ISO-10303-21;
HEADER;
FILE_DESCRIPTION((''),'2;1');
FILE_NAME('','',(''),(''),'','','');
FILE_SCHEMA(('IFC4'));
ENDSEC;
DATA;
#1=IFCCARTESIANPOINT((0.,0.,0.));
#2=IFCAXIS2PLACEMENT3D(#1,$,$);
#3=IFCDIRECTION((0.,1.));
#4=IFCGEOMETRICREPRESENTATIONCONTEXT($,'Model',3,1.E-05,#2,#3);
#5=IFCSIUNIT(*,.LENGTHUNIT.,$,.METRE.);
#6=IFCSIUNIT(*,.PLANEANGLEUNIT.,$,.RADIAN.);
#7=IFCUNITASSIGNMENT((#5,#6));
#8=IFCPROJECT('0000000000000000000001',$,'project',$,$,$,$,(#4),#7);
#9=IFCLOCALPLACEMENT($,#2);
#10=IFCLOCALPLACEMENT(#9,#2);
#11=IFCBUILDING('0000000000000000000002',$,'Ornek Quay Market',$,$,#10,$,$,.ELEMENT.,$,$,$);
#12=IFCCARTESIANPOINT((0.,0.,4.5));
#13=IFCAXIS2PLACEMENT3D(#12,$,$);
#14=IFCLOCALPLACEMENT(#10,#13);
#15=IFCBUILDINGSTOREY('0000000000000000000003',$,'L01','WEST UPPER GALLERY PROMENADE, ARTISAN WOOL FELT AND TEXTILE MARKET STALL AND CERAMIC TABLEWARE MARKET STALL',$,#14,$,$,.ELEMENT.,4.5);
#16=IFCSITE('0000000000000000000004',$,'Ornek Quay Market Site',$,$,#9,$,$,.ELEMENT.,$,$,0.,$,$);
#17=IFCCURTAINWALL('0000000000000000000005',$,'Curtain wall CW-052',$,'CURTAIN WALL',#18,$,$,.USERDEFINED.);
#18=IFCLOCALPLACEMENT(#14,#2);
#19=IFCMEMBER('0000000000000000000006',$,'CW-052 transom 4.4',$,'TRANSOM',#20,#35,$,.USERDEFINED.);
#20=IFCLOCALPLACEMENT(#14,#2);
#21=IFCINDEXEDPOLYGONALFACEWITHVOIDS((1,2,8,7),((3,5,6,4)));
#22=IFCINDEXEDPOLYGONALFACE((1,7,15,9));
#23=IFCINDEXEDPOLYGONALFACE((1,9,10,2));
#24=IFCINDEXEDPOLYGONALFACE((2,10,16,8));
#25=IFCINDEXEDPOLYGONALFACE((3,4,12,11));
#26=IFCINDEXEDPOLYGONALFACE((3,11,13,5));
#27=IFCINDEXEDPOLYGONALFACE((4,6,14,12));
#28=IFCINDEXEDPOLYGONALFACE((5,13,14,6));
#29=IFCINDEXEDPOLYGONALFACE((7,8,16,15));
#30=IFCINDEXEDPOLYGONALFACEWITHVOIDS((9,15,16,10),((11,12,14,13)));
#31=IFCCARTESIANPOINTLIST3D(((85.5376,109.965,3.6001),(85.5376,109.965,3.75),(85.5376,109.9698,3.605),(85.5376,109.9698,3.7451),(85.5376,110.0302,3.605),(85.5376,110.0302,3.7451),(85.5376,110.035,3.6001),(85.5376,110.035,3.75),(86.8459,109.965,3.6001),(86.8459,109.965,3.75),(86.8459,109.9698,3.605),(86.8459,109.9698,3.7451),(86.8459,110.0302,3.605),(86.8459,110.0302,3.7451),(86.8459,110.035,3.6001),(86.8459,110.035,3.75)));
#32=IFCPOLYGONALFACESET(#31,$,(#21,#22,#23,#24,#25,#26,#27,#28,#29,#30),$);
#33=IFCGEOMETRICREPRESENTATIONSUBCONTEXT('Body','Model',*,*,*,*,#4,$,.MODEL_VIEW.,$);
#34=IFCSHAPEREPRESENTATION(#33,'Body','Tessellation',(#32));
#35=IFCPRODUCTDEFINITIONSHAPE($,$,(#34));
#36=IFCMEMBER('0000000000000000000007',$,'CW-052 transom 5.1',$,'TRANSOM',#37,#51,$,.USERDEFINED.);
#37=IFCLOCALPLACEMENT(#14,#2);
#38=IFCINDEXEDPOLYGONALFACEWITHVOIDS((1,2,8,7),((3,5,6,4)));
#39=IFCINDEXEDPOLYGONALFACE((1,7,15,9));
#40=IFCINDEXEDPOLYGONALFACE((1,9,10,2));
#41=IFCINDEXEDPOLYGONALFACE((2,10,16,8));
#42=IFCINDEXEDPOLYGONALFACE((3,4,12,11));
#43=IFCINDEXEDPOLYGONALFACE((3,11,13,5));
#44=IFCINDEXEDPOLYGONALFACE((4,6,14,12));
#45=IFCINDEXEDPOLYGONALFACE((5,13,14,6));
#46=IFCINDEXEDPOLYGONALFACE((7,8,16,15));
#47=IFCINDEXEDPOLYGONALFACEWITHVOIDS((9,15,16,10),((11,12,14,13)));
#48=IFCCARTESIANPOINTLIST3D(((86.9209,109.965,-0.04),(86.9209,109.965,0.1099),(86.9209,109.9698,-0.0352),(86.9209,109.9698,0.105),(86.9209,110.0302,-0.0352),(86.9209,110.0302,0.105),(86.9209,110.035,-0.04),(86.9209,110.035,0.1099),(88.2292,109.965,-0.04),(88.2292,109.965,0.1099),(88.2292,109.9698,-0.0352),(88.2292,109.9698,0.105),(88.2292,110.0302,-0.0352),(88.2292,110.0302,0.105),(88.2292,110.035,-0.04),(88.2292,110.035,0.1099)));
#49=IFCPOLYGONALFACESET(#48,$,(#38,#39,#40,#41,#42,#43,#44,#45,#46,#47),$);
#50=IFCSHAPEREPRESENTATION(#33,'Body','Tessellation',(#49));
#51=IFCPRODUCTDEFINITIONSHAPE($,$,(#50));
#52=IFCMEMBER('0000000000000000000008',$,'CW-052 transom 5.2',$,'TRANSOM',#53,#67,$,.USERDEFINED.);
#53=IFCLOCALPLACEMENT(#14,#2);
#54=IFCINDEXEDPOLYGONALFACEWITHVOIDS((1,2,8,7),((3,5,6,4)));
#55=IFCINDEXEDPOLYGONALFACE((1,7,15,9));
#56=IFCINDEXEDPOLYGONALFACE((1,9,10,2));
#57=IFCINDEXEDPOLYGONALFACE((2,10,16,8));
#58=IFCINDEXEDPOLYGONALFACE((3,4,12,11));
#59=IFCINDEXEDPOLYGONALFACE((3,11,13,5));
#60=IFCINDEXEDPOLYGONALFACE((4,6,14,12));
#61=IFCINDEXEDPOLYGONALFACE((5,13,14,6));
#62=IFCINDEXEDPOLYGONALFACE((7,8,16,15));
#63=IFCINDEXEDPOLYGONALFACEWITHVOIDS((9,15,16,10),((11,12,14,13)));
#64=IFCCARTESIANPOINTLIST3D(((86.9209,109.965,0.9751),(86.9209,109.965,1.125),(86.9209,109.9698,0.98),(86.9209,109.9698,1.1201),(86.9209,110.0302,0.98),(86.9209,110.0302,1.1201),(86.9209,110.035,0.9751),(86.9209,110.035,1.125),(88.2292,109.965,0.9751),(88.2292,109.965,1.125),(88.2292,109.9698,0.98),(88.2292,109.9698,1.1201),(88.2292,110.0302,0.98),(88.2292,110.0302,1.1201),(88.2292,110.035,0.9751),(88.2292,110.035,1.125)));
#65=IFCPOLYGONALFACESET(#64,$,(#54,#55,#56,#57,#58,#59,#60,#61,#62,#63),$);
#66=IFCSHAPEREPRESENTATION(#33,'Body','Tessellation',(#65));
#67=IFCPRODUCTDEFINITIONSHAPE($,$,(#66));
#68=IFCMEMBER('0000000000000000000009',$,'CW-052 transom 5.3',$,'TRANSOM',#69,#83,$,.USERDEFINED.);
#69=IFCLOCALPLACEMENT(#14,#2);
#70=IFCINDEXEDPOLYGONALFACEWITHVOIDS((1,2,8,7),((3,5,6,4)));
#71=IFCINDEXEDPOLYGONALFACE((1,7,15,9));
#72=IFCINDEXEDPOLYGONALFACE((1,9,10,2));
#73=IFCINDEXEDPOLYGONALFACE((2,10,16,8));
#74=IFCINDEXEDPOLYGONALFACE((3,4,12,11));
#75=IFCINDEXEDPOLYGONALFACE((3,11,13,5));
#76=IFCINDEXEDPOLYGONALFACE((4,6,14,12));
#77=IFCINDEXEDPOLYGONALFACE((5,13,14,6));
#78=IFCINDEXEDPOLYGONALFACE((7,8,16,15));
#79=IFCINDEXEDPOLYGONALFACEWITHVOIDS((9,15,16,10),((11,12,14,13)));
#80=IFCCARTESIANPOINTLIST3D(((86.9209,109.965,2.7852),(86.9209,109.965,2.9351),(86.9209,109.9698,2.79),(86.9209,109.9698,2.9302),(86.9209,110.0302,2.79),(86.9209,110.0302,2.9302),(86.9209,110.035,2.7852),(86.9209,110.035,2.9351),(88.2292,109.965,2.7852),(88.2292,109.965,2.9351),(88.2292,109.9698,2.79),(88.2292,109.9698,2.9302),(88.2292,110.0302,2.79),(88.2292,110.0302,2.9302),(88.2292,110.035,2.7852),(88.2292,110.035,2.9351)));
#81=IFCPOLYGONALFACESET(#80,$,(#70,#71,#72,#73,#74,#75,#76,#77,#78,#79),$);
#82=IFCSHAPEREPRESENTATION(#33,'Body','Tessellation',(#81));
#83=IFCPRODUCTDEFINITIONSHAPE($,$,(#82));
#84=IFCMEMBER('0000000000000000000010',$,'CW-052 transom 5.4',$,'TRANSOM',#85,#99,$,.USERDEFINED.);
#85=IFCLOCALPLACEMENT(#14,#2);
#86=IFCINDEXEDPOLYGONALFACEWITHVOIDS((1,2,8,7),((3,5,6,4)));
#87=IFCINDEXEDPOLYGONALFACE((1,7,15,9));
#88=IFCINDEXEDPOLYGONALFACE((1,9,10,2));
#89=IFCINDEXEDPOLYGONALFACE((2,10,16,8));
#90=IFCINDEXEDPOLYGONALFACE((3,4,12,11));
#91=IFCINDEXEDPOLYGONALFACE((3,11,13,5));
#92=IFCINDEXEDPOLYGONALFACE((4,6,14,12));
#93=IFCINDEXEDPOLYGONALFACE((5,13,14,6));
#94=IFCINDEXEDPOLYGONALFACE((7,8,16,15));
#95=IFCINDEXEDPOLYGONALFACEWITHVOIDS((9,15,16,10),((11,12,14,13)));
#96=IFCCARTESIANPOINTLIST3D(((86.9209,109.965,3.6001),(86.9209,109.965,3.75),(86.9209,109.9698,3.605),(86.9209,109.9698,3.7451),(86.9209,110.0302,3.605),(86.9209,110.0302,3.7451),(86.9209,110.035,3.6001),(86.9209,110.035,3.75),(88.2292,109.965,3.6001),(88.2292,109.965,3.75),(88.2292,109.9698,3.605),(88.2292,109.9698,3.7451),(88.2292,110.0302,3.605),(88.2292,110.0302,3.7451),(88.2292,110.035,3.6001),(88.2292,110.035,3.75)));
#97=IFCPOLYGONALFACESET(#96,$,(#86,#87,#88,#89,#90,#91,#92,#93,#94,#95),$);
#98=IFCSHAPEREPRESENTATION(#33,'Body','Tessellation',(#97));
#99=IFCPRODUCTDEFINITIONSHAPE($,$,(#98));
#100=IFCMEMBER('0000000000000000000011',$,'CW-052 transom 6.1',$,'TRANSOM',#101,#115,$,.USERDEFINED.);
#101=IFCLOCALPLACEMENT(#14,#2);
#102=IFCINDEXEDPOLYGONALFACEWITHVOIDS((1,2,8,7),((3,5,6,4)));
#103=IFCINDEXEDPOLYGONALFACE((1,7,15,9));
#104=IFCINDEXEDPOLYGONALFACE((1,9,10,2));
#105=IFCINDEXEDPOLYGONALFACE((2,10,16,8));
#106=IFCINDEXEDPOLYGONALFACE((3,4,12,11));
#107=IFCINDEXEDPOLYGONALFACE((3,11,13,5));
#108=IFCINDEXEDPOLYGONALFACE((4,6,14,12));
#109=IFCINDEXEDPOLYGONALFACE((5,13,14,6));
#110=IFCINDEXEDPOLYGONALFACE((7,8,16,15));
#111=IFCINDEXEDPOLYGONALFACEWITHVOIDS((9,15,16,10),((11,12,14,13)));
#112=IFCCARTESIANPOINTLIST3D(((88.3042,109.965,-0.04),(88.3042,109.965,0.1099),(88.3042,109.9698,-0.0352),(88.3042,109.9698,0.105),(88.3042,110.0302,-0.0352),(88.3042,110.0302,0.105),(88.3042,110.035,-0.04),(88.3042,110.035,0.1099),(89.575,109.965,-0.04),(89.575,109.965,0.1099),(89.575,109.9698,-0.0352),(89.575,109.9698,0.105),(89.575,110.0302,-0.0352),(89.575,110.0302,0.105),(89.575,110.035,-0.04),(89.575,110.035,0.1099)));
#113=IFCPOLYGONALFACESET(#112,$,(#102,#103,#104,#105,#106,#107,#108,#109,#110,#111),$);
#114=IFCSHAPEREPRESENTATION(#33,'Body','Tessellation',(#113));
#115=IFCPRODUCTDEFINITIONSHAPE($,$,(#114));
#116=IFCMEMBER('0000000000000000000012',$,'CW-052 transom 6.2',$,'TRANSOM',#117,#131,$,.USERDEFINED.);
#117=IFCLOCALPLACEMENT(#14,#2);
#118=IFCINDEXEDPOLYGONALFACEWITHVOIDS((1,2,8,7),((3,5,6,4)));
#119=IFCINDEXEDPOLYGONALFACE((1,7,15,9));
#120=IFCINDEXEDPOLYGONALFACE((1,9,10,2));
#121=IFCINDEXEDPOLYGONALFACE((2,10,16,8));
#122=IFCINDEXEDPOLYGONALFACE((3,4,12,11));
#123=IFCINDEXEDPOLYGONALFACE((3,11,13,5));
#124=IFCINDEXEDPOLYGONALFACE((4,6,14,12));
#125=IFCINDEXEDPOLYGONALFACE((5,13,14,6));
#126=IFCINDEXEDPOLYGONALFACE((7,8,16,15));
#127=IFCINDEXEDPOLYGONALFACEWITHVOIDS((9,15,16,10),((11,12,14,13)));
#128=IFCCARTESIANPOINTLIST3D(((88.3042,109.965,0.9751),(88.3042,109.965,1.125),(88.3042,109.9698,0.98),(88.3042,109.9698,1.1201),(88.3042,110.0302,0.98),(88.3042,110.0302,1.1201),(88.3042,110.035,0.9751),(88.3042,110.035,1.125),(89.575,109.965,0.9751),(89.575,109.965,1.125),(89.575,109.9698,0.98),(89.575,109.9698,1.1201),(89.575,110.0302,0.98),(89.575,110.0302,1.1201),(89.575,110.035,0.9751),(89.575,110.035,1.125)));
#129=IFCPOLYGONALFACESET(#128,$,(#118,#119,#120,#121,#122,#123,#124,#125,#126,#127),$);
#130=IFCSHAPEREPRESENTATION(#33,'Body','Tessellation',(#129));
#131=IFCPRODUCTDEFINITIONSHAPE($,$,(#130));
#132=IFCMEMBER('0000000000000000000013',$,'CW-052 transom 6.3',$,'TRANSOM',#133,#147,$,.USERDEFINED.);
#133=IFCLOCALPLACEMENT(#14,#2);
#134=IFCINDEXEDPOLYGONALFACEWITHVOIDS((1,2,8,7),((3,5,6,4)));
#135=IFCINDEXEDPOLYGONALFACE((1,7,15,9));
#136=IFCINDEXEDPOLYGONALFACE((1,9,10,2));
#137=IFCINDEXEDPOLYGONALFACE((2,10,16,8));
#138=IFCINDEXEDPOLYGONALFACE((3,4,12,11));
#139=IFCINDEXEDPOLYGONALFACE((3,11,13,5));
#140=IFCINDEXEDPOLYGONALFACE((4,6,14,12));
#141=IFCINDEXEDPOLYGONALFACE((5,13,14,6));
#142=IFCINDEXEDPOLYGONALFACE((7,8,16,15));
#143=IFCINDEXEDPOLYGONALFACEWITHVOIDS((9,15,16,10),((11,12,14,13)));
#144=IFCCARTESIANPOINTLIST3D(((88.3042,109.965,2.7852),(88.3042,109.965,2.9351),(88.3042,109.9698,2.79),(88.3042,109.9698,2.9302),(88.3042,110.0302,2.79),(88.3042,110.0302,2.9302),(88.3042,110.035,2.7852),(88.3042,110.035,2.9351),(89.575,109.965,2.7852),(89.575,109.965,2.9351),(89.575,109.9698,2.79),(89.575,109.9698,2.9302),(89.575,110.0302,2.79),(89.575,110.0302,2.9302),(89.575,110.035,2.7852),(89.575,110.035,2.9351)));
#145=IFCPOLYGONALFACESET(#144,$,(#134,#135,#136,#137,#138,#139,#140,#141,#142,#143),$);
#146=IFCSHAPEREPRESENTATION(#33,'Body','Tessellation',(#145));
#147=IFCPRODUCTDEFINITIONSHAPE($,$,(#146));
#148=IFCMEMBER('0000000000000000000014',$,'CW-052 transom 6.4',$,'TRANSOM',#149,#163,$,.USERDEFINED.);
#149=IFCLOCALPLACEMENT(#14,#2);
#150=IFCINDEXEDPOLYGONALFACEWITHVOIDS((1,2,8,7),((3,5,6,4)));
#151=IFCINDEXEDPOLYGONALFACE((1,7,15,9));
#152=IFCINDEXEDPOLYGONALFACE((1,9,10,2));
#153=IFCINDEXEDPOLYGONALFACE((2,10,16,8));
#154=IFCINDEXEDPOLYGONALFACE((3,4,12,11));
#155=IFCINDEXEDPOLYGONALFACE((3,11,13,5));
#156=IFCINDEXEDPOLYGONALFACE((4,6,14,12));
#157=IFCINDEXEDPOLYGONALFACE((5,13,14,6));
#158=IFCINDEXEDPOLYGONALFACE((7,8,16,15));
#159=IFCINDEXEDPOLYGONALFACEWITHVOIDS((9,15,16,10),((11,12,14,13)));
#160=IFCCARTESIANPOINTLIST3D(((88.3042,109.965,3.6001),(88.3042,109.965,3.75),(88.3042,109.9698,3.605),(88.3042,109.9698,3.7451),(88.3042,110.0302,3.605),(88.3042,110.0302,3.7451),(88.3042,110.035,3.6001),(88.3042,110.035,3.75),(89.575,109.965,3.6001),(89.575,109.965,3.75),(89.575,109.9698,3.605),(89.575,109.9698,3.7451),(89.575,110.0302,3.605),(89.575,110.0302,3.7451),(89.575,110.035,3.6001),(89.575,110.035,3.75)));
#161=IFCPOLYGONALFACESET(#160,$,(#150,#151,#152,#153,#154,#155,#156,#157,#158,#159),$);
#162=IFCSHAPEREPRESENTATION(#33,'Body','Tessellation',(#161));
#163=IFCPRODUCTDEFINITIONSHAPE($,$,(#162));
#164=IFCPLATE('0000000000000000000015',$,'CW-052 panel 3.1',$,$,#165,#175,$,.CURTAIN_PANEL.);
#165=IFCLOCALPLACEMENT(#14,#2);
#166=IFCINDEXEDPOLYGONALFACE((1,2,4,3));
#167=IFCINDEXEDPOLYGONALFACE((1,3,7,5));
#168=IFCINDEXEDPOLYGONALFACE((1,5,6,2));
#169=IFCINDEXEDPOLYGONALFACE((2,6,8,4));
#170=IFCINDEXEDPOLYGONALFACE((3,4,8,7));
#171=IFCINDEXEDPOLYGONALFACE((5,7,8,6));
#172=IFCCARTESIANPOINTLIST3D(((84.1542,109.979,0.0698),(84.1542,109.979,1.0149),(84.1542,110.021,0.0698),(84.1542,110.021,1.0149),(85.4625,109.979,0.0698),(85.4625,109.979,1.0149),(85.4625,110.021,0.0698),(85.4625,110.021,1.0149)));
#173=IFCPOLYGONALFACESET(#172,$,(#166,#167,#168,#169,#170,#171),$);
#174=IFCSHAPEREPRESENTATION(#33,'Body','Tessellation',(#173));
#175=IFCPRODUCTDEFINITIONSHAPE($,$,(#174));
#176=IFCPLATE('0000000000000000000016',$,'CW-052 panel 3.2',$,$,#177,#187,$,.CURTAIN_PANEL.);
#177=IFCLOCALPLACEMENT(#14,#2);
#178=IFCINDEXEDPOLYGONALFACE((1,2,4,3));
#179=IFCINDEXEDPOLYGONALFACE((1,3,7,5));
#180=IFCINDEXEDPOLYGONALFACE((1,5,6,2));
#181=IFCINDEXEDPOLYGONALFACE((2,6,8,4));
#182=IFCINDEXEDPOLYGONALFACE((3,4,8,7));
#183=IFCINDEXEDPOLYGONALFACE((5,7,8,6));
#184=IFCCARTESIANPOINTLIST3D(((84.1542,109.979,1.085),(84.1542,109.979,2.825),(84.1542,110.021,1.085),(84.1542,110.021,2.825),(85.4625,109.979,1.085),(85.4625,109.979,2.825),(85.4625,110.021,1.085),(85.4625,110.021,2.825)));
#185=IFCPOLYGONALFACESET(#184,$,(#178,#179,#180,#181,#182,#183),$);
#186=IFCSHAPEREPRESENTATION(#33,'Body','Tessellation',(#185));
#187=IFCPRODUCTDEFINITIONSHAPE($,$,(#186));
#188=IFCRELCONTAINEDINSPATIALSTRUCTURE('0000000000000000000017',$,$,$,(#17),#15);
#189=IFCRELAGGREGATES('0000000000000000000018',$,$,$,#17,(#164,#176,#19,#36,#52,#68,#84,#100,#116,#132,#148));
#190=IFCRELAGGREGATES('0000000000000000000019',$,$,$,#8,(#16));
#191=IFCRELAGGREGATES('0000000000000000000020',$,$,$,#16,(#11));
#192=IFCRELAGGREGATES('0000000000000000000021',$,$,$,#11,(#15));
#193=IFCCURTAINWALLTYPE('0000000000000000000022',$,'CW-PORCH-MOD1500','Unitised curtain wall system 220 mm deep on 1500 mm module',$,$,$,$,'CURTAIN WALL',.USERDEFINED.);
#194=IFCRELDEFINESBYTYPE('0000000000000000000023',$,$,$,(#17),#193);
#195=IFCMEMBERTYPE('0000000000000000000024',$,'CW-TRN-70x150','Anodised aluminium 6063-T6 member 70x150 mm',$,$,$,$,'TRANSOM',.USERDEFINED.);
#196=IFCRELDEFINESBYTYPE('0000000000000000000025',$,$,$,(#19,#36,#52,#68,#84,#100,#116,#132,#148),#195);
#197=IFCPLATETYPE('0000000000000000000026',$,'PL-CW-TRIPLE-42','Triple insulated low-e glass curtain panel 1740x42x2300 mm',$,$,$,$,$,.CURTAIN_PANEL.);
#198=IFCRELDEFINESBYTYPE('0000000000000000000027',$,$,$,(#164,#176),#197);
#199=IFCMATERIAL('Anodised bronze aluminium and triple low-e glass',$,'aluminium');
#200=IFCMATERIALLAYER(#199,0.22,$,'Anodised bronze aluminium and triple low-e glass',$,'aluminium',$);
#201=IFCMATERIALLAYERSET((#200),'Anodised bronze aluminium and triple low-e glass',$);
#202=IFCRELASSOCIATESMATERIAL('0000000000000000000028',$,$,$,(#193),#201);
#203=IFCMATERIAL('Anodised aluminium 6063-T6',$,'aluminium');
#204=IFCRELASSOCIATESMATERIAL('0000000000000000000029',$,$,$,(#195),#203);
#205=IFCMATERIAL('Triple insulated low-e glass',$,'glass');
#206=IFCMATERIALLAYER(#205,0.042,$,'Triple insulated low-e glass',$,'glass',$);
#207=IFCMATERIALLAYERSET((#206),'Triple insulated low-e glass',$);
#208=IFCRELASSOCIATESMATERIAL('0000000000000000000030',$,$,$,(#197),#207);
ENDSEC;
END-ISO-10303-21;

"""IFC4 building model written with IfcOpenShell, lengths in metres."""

from ifc_helpers import new_model, si_unit, direction, frame, origin, origin_2d, place, context, subcontext, project, spatial, rectangle, hollow_rectangle, extrude, material, layer, layer_set, material_profile, profile_set, type_object, element, aggregate, save


model = new_model("IFC4")

# Units and contexts
model_context = context("Model", 3, precision=1e-05, world=origin(), true_north=direction((0.0, 1.0)))
body_context = subcontext(model_context, "Body", "Model", "MODEL_VIEW")
ifc_project = project(units=[si_unit("LENGTHUNIT", "METRE"), si_unit("PLANEANGLEUNIT", "RADIAN")], contexts=[model_context])

# Site, building, storey
site_placement = place(None, origin())
site = spatial("IfcSite", under=ifc_project, at=site_placement, Name="Ornek Quay Market Site", CompositionType="ELEMENT", RefElevation=0.0)
building_placement = place(site_placement, origin())
building = spatial("IfcBuilding", under=site, at=building_placement, Name="Ornek Quay Market", CompositionType="ELEMENT")
storey_placement = place(building_placement, frame((0.0, 0.0, 4.5)))
storey = spatial("IfcBuildingStorey", under=building, at=storey_placement, Name="L01", Description="WEST UPPER GALLERY PROMENADE, ARTISAN WOOL FELT AND TEXTILE MARKET STALL AND CERAMIC TABLEWARE MARKET STALL", CompositionType="ELEMENT", Elevation=4.5)

# Curtain wall, members, plates
ifc_material_1 = material(Name="Anodised bronze aluminium and triple low-e glass", Category="aluminium")
ifc_layer_1 = layer(ifc_material_1, 0.22, Name="Anodised bronze aluminium and triple low-e glass", Category="aluminium")
ifc_layer_set_1 = layer_set([ifc_layer_1], Name="Anodised bronze aluminium and triple low-e glass")
curtain_wall_type = type_object("IfcCurtainWallType", Name="CW-PORCH-MOD1500", Description="Unitised curtain wall system 220 mm deep on 1500 mm module", ElementType="CURTAIN WALL", PredefinedType="USERDEFINED", material=ifc_layer_set_1)
curtain_wall_placement = place(storey_placement, origin())
curtain_wall = element("IfcCurtainWall", 1, at=curtain_wall_placement, inside=storey, type_object=curtain_wall_type, Name="Curtain wall CW-052", ObjectType="CURTAIN WALL", PredefinedType="USERDEFINED")
ifc_material_2 = material(Name="Anodised aluminium 6063-T6", Category="aluminium")
ifc_material_profile_1 = material_profile(ifc_material_2, hollow_rectangle(XDim=0.0701, YDim=0.1499, WallThickness=0.0049, at=origin_2d()), Name="CW-TRN-70x150", Category="aluminium")
ifc_profile_set_1 = profile_set([ifc_material_profile_1], Name="Anodised aluminium 6063-T6")
member_type_1 = type_object("IfcMemberType", Name="CW-TRN-70x150", Description="Anodised aluminium 6063-T6 member 70x150 mm", ElementType="TRANSOM", PredefinedType="USERDEFINED", material=ifc_profile_set_1)
member_1_placement = place(storey_placement, frame((85.5376, 110.0, 3.675), z_axis=(1.0, 0.0, 0.0), x_axis=(0.0, 1.0, 0.0)))
member_1 = element("IfcMember", 2, at=member_1_placement, type_object=member_type_1, Name="CW-052 transom 4.4", ObjectType="TRANSOM", PredefinedType="USERDEFINED", context=body_context, shape_type="SweptSolid", body=[
    extrude(hollow_rectangle(XDim=0.0701, YDim=0.1499, WallThickness=0.0049, at=origin_2d()), origin(), (0.0, 0.0, 1.0), 1.3083),
])
member_2_placement = place(storey_placement, frame((86.9209, 110.0, 0.0349), z_axis=(1.0, 0.0, 0.0), x_axis=(0.0, 1.0, 0.0)))
member_2 = element("IfcMember", 3, at=member_2_placement, type_object=member_type_1, Name="CW-052 transom 5.1", ObjectType="TRANSOM", PredefinedType="USERDEFINED", context=body_context, shape_type="SweptSolid", body=[
    extrude(hollow_rectangle(XDim=0.0701, YDim=0.1499, WallThickness=0.0049, at=origin_2d()), origin(), (0.0, 0.0, 1.0), 1.3083),
])
member_3_placement = place(storey_placement, frame((86.9209, 110.0, 1.05), z_axis=(1.0, 0.0, 0.0), x_axis=(0.0, 1.0, 0.0)))
member_3 = element("IfcMember", 4, at=member_3_placement, type_object=member_type_1, Name="CW-052 transom 5.2", ObjectType="TRANSOM", PredefinedType="USERDEFINED", context=body_context, shape_type="SweptSolid", body=[
    extrude(hollow_rectangle(XDim=0.0701, YDim=0.1499, WallThickness=0.0049, at=origin_2d()), origin(), (0.0, 0.0, 1.0), 1.3083),
])
member_4_placement = place(storey_placement, frame((86.9209, 110.0, 2.8601), z_axis=(1.0, 0.0, 0.0), x_axis=(0.0, 1.0, 0.0)))
member_4 = element("IfcMember", 5, at=member_4_placement, type_object=member_type_1, Name="CW-052 transom 5.3", ObjectType="TRANSOM", PredefinedType="USERDEFINED", context=body_context, shape_type="SweptSolid", body=[
    extrude(hollow_rectangle(XDim=0.0701, YDim=0.1499, WallThickness=0.0049, at=origin_2d()), origin(), (0.0, 0.0, 1.0), 1.3083),
])
member_5_placement = place(storey_placement, frame((86.9209, 110.0, 3.675), z_axis=(1.0, 0.0, 0.0), x_axis=(0.0, 1.0, 0.0)))
member_5 = element("IfcMember", 6, at=member_5_placement, type_object=member_type_1, Name="CW-052 transom 5.4", ObjectType="TRANSOM", PredefinedType="USERDEFINED", context=body_context, shape_type="SweptSolid", body=[
    extrude(hollow_rectangle(XDim=0.0701, YDim=0.1499, WallThickness=0.0049, at=origin_2d()), origin(), (0.0, 0.0, 1.0), 1.3083),
])
member_6_placement = place(storey_placement, frame((88.3042, 110.0, 0.0349), z_axis=(1.0, 0.0, 0.0), x_axis=(0.0, 1.0, 0.0)))
member_6 = element("IfcMember", 7, at=member_6_placement, type_object=member_type_1, Name="CW-052 transom 6.1", ObjectType="TRANSOM", PredefinedType="USERDEFINED", context=body_context, shape_type="SweptSolid", body=[
    extrude(hollow_rectangle(XDim=0.0701, YDim=0.1499, WallThickness=0.0049, at=origin_2d()), origin(), (0.0, 0.0, 1.0), 1.2708),
])
member_7_placement = place(storey_placement, frame((88.3042, 110.0, 1.05), z_axis=(1.0, 0.0, 0.0), x_axis=(0.0, 1.0, 0.0)))
member_7 = element("IfcMember", 8, at=member_7_placement, type_object=member_type_1, Name="CW-052 transom 6.2", ObjectType="TRANSOM", PredefinedType="USERDEFINED", context=body_context, shape_type="SweptSolid", body=[
    extrude(hollow_rectangle(XDim=0.0701, YDim=0.1499, WallThickness=0.0049, at=origin_2d()), origin(), (0.0, 0.0, 1.0), 1.2708),
])
member_8_placement = place(storey_placement, frame((88.3042, 110.0, 2.8601), z_axis=(1.0, 0.0, 0.0), x_axis=(0.0, 1.0, 0.0)))
member_8 = element("IfcMember", 9, at=member_8_placement, type_object=member_type_1, Name="CW-052 transom 6.3", ObjectType="TRANSOM", PredefinedType="USERDEFINED", context=body_context, shape_type="SweptSolid", body=[
    extrude(hollow_rectangle(XDim=0.0701, YDim=0.1499, WallThickness=0.0049, at=origin_2d()), origin(), (0.0, 0.0, 1.0), 1.2708),
])
member_9_placement = place(storey_placement, frame((88.3042, 110.0, 3.675), z_axis=(1.0, 0.0, 0.0), x_axis=(0.0, 1.0, 0.0)))
member_9 = element("IfcMember", 10, at=member_9_placement, type_object=member_type_1, Name="CW-052 transom 6.4", ObjectType="TRANSOM", PredefinedType="USERDEFINED", context=body_context, shape_type="SweptSolid", body=[
    extrude(hollow_rectangle(XDim=0.0701, YDim=0.1499, WallThickness=0.0049, at=origin_2d()), origin(), (0.0, 0.0, 1.0), 1.2708),
])
ifc_material_3 = material(Name="Triple insulated low-e glass", Category="glass")
ifc_layer_2 = layer(ifc_material_3, 0.042, Name="Triple insulated low-e glass", Category="glass")
ifc_layer_set_2 = layer_set([ifc_layer_2], Name="Triple insulated low-e glass")
plate_type_1 = type_object("IfcPlateType", Name="PL-CW-TRIPLE-42", Description="Triple insulated low-e glass curtain panel 1740x42x2300 mm", PredefinedType="CURTAIN_PANEL", material=ifc_layer_set_2)
plate_1_placement = place(storey_placement, frame((84.8083, 110.0, 0.0698), z_axis=(0.0, 0.0, 1.0), x_axis=(1.0, 0.0, 0.0)))
plate_1 = element("IfcPlate", 11, at=plate_1_placement, type_object=plate_type_1, Name="CW-052 panel 3.1", PredefinedType="CURTAIN_PANEL", context=body_context, shape_type="SweptSolid", body=[
    extrude(rectangle(XDim=1.3083, YDim=0.042, at=origin_2d()), origin(), (0.0, 0.0, 1.0), 0.9451),
])
plate_2_placement = place(storey_placement, frame((84.8083, 110.0, 1.085), z_axis=(0.0, 0.0, 1.0), x_axis=(1.0, 0.0, 0.0)))
plate_2 = element("IfcPlate", 12, at=plate_2_placement, type_object=plate_type_1, Name="CW-052 panel 3.2", PredefinedType="CURTAIN_PANEL", context=body_context, shape_type="SweptSolid", body=[
    extrude(rectangle(XDim=1.3083, YDim=0.042, at=origin_2d()), origin(), (0.0, 0.0, 1.0), 1.74),
])
aggregate(curtain_wall, [plate_1, plate_2, member_1, member_2, member_3, member_4, member_5, member_6, member_7, member_8, member_9])

save(model, "model.ifc")
